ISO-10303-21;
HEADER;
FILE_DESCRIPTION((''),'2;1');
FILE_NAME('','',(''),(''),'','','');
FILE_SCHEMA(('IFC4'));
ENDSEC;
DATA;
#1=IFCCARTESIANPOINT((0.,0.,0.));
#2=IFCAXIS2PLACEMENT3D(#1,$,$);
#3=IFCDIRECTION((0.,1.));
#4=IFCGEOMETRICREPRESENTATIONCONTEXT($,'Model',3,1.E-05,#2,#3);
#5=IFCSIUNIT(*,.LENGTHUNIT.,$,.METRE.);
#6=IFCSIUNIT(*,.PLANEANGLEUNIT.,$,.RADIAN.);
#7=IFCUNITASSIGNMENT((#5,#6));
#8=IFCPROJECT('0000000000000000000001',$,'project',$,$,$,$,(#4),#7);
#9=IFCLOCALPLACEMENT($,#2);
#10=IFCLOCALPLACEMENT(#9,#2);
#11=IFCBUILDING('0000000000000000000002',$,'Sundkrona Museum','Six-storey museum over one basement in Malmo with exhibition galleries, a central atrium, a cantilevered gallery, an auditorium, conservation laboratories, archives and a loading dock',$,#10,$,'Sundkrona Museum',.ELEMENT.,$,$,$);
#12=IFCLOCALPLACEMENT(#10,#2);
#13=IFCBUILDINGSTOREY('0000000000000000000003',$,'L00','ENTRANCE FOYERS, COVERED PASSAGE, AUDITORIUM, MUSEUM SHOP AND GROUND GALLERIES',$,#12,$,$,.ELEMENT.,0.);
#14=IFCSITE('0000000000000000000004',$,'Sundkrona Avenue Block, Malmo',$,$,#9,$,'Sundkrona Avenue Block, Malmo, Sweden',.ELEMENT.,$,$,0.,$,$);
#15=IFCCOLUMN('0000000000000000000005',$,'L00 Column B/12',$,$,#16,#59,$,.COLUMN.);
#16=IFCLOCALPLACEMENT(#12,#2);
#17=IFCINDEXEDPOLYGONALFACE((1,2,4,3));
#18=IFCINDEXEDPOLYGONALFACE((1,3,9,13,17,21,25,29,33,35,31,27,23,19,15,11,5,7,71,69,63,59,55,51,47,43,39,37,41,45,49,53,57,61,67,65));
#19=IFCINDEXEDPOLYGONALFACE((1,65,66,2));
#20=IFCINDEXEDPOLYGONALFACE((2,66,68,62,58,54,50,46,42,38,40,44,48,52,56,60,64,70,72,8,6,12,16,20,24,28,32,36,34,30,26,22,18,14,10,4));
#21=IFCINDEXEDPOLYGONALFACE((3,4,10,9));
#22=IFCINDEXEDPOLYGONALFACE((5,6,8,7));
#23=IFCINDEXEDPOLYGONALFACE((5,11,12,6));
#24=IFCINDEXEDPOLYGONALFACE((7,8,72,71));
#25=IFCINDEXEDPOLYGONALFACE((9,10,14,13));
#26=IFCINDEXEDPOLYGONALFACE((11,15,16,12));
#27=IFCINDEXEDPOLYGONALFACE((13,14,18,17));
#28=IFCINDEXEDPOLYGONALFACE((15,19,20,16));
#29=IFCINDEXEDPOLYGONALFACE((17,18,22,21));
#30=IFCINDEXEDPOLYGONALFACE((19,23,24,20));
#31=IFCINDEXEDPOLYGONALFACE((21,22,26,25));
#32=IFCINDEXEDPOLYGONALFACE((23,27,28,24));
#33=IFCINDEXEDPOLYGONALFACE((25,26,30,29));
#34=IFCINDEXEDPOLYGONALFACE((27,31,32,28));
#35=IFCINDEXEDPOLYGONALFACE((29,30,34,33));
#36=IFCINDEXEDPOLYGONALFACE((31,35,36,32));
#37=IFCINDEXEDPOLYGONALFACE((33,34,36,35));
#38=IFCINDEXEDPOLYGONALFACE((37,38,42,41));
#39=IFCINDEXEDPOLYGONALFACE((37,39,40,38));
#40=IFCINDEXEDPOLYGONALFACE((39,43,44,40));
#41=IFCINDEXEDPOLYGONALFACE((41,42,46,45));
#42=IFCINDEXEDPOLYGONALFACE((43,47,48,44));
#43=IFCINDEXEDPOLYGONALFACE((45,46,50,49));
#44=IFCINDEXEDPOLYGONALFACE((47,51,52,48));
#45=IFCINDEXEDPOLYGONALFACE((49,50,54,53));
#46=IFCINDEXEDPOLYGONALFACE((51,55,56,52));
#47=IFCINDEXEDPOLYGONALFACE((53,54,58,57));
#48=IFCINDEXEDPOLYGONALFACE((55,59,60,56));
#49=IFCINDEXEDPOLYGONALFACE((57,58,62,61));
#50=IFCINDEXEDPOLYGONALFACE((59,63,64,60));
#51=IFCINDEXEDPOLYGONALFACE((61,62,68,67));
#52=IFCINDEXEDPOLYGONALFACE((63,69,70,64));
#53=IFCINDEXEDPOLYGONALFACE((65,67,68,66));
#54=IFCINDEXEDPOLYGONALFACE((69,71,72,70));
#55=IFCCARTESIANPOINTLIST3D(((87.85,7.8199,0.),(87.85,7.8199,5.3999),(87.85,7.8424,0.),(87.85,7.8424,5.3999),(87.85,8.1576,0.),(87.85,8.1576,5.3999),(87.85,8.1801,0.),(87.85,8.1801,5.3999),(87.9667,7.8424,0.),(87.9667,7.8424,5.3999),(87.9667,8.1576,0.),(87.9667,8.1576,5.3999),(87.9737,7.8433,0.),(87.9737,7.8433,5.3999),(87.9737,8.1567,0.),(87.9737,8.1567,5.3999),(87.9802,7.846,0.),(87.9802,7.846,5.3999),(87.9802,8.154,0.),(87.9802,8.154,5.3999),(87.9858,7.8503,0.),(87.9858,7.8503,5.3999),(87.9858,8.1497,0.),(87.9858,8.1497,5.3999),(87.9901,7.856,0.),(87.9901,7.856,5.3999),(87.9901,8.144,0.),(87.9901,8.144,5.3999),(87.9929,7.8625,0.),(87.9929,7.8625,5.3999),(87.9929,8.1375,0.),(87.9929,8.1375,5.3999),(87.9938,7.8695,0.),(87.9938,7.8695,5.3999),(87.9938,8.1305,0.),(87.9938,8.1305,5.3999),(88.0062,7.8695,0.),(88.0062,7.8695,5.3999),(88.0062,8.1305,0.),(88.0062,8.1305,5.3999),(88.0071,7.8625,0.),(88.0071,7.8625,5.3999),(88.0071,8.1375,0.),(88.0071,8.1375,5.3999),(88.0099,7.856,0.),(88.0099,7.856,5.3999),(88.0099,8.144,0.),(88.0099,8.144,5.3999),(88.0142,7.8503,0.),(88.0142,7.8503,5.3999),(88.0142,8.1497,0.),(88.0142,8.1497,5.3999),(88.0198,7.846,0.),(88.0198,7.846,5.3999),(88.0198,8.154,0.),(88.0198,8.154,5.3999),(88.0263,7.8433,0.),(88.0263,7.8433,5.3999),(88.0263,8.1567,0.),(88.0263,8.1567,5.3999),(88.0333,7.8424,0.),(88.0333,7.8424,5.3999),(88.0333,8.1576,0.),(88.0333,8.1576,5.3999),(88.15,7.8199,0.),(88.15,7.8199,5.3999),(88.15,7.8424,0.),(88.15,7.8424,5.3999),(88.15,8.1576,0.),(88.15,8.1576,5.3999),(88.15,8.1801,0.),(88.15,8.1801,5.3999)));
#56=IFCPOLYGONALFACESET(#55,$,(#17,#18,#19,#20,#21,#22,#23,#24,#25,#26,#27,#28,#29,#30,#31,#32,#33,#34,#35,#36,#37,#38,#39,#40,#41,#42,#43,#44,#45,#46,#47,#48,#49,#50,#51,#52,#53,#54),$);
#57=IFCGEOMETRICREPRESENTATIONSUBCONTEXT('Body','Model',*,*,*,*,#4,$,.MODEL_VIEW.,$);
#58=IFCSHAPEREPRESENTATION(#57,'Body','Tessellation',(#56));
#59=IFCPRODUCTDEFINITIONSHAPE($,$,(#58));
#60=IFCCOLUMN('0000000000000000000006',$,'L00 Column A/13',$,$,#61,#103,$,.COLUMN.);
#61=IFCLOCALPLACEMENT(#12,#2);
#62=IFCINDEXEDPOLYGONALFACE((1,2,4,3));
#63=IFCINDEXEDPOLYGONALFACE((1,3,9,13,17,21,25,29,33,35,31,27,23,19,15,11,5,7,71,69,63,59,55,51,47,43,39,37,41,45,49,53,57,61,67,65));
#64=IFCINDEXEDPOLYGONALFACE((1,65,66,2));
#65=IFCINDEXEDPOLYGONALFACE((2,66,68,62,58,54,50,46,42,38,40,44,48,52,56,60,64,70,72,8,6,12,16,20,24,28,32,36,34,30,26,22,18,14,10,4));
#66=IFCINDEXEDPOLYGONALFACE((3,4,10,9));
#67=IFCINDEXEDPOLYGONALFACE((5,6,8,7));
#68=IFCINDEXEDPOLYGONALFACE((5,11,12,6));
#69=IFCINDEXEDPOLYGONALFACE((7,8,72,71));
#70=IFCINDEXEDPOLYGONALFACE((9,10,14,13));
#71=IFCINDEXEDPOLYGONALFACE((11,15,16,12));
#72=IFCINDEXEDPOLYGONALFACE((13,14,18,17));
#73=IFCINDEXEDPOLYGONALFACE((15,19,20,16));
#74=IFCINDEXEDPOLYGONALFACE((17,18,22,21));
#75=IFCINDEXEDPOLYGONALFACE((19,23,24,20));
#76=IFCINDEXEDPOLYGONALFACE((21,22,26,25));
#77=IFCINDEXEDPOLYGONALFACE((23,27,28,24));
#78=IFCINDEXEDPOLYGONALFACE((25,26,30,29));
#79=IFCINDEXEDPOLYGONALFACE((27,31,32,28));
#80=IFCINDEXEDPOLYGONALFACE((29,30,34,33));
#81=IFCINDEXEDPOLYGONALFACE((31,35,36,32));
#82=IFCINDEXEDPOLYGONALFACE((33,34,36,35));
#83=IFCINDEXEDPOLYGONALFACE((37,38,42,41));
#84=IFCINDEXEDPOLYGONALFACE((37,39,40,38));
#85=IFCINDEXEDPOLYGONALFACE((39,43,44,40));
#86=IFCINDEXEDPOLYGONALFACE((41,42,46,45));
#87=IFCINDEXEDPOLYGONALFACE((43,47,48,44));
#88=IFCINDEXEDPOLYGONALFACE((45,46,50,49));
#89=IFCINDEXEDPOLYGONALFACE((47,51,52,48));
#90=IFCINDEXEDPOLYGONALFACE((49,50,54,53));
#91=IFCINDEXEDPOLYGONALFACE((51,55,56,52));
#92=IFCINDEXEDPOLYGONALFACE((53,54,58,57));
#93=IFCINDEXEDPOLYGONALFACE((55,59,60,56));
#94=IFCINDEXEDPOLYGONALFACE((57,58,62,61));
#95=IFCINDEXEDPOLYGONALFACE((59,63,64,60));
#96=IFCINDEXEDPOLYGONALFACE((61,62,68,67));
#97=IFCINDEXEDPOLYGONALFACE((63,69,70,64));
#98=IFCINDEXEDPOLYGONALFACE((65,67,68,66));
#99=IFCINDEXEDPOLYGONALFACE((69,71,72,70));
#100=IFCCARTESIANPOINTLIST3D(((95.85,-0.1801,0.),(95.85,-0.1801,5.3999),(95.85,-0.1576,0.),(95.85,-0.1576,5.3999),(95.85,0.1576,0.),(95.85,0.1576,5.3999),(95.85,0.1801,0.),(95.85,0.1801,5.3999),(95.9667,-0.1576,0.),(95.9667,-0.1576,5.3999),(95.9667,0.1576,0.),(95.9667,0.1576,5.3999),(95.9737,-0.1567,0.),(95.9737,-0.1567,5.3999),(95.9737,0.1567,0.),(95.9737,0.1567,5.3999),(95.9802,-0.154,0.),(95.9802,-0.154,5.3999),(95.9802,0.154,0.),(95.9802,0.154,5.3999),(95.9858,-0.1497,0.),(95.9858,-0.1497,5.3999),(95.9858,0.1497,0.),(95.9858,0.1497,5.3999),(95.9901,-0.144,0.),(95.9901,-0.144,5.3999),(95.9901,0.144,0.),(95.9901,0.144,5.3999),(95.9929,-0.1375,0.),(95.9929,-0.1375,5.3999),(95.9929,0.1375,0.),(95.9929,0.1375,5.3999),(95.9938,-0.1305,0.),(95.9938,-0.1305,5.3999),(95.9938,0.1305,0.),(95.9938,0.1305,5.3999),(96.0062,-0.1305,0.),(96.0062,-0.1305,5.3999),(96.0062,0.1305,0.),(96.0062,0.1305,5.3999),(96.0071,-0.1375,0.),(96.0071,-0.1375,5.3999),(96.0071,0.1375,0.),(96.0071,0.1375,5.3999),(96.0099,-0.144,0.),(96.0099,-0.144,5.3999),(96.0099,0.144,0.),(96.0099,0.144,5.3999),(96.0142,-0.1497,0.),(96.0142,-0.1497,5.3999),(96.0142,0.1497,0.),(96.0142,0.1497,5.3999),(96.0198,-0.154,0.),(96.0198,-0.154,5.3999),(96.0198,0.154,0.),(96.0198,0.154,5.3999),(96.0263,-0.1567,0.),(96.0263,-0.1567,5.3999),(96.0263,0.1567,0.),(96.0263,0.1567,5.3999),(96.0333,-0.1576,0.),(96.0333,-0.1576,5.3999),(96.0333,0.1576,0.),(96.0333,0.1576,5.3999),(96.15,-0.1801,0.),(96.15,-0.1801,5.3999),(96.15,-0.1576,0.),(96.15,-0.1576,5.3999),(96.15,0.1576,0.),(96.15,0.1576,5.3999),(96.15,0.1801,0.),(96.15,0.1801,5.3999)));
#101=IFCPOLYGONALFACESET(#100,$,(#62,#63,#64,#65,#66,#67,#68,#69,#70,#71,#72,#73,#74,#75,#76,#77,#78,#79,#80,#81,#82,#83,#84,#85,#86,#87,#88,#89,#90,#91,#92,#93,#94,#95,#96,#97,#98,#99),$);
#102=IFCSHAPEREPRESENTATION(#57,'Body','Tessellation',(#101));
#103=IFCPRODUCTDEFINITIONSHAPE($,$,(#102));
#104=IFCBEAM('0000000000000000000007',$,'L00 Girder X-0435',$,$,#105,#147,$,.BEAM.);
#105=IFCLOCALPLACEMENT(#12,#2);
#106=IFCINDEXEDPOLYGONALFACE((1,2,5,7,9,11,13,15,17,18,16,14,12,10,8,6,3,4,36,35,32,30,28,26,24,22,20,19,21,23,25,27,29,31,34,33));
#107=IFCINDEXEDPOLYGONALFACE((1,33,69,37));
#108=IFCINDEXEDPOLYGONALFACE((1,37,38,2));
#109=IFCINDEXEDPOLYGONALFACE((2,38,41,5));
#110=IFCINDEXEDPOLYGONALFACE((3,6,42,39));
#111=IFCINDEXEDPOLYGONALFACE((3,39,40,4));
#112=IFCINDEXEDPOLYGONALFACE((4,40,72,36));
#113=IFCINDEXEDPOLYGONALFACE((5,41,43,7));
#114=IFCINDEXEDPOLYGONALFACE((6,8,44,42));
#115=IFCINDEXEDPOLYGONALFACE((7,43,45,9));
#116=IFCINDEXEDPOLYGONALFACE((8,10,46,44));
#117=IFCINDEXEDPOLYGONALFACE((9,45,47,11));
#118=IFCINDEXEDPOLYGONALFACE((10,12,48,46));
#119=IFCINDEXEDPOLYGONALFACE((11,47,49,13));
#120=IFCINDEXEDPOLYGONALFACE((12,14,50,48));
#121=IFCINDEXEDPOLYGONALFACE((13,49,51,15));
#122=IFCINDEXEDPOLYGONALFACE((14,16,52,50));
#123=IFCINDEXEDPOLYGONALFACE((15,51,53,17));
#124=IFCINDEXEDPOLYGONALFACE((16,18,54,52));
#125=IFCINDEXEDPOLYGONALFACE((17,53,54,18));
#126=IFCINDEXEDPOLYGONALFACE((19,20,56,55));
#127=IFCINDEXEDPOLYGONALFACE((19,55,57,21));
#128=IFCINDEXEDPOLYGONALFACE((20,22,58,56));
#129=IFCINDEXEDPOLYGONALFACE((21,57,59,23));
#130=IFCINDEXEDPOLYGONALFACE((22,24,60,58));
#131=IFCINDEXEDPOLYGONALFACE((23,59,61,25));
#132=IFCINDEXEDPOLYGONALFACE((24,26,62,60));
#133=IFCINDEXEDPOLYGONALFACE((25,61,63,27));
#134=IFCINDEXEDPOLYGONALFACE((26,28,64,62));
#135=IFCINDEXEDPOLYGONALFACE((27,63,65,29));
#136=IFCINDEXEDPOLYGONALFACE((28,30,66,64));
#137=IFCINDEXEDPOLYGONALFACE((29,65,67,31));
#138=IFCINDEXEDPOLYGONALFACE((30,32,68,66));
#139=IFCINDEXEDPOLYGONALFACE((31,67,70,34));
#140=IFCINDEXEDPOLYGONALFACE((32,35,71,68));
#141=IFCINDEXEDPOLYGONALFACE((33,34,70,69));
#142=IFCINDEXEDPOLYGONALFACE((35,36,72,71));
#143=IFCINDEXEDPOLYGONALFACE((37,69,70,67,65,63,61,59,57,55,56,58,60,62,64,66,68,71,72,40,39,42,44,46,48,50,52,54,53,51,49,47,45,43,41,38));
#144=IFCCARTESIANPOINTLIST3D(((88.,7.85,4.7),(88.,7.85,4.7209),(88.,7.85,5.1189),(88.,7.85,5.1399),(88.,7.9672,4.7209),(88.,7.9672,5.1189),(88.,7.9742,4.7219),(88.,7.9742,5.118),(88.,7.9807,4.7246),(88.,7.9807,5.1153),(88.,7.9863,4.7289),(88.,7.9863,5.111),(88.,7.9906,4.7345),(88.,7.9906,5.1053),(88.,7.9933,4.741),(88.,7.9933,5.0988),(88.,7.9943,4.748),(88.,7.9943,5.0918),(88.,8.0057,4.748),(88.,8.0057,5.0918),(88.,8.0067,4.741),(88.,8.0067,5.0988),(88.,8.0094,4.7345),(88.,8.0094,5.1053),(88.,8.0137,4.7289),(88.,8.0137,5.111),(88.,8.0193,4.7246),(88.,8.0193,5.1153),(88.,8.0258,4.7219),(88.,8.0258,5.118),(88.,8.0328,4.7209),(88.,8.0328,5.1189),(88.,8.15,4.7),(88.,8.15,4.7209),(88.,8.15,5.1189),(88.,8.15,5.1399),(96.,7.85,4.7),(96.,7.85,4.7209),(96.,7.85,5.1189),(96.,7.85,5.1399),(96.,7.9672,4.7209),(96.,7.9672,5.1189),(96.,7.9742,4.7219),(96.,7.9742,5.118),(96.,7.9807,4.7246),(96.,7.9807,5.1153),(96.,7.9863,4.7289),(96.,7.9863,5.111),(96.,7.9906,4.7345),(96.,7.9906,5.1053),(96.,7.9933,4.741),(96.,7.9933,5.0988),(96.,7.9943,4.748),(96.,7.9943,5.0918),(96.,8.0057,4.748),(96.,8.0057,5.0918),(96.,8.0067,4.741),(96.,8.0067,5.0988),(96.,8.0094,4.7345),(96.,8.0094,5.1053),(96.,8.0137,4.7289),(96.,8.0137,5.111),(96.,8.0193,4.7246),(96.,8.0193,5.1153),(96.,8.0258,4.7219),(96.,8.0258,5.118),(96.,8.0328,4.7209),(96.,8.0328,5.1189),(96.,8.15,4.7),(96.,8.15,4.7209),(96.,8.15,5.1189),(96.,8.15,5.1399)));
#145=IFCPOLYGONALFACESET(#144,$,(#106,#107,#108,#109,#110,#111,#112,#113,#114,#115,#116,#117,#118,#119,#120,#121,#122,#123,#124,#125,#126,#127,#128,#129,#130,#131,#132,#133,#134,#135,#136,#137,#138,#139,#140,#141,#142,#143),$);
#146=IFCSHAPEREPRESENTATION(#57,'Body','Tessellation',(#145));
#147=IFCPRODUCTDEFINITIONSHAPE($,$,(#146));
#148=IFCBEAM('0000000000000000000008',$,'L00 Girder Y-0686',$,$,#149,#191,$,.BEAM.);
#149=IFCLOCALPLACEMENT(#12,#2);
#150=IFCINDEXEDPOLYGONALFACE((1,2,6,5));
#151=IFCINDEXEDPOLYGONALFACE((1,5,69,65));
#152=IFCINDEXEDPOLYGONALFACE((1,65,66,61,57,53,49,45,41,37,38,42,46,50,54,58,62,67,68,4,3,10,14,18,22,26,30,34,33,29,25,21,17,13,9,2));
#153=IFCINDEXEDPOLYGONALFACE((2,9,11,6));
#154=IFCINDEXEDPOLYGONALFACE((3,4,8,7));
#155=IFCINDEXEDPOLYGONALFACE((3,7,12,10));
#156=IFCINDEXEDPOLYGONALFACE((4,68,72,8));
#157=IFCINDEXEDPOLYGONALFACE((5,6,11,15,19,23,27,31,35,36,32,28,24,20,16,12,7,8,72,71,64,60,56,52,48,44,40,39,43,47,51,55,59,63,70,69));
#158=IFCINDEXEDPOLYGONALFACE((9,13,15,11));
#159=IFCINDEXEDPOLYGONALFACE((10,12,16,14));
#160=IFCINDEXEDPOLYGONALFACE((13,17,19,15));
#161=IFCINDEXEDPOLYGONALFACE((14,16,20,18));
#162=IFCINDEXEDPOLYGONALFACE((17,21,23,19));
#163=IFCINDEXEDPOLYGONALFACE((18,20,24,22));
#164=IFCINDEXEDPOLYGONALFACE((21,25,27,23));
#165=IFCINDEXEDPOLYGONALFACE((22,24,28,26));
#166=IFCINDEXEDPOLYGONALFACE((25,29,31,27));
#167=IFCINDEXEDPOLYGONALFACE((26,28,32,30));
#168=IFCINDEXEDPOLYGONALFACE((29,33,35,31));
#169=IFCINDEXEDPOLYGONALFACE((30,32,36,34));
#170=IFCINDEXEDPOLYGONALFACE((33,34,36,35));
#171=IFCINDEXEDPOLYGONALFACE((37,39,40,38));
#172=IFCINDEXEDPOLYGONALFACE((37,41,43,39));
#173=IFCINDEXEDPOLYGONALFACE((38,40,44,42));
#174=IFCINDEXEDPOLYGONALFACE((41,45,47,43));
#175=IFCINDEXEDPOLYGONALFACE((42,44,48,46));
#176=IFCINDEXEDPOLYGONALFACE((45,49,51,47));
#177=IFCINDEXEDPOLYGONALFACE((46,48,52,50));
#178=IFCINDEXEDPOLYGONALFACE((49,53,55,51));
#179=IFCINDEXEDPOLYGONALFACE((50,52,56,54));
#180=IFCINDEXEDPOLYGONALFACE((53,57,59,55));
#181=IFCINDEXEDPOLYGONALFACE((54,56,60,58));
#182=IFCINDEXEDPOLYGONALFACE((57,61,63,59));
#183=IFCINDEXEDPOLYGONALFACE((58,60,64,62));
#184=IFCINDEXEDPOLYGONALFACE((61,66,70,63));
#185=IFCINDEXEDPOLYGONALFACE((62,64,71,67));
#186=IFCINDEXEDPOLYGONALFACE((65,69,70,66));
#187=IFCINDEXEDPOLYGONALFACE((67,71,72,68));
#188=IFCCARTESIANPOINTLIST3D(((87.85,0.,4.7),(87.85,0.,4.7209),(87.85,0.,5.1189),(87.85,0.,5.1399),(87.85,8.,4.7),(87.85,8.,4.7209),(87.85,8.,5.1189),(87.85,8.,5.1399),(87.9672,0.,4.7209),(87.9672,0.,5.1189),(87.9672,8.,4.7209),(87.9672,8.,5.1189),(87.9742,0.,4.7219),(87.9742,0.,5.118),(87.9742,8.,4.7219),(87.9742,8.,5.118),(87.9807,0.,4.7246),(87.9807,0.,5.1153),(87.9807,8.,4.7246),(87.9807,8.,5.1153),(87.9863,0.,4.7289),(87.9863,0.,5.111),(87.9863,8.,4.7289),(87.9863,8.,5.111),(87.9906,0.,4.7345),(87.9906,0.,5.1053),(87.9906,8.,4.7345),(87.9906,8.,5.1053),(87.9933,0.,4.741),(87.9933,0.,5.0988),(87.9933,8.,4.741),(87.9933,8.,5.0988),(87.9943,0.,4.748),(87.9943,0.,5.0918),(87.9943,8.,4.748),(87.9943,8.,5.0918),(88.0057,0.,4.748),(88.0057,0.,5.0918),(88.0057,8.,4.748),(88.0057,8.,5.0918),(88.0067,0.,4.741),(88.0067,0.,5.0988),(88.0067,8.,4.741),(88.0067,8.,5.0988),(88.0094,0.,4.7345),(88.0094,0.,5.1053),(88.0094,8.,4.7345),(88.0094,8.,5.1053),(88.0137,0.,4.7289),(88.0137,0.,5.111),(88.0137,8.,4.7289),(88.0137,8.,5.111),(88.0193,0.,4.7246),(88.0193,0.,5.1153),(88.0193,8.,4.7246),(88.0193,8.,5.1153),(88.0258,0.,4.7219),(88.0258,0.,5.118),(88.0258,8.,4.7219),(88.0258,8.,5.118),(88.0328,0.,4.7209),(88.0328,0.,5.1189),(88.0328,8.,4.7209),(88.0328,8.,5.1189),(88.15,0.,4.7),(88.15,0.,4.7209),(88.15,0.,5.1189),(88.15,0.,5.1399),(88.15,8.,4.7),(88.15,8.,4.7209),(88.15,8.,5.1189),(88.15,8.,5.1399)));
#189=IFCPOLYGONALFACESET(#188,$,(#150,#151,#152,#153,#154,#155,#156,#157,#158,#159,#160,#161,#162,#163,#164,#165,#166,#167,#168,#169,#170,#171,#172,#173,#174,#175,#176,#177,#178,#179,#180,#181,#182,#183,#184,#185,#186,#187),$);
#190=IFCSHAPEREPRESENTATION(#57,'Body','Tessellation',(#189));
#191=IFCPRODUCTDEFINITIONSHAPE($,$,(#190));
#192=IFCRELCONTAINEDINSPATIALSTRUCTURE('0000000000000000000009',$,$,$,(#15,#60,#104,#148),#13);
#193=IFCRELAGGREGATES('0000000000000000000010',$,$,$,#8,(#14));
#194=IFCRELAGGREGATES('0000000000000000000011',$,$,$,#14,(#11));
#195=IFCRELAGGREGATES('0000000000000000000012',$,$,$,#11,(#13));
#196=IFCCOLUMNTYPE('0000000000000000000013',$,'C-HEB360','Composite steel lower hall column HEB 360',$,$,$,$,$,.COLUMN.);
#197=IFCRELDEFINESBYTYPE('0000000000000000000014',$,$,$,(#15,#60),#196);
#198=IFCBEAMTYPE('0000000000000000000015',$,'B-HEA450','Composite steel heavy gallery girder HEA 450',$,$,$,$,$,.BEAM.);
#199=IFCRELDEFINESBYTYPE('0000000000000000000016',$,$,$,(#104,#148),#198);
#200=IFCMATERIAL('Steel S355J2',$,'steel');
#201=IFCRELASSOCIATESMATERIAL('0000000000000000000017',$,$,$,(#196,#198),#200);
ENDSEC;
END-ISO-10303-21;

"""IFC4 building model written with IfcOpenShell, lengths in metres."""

from ifc_helpers import new_model, si_unit, direction, frame, origin, origin_2d, place, context, subcontext, project, spatial, i_section, extrude, material, material_profile, profile_set, type_object, element, save


model = new_model("IFC4")

# Units and contexts
model_context = context("Model", 3, precision=1e-05, world=origin(), true_north=direction((0.0, 1.0)))
body_context = subcontext(model_context, "Body", "Model", "MODEL_VIEW")
ifc_project = project(units=[si_unit("LENGTHUNIT", "METRE"), si_unit("PLANEANGLEUNIT", "RADIAN")], contexts=[model_context])

# Site, building, storey
site_placement = place(None, origin())
site = spatial("IfcSite", under=ifc_project, at=site_placement, Name="Sundkrona Avenue Block, Malmo", LongName="Sundkrona Avenue Block, Malmo, Sweden", CompositionType="ELEMENT", RefElevation=0.0)
building_placement = place(site_placement, origin())
building = spatial("IfcBuilding", under=site, at=building_placement, Name="Sundkrona Museum", Description="Six-storey museum over one basement in Malmo with exhibition galleries, a central atrium, a cantilevered gallery, an auditorium, conservation laboratories, archives and a loading dock", LongName="Sundkrona Museum", CompositionType="ELEMENT")
storey_placement = place(building_placement, origin())
storey = spatial("IfcBuildingStorey", under=building, at=storey_placement, Name="L00", Description="ENTRANCE FOYERS, COVERED PASSAGE, AUDITORIUM, MUSEUM SHOP AND GROUND GALLERIES", CompositionType="ELEMENT", Elevation=0.0)

# Columns
ifc_material_1 = material(Name="Steel S355J2", Category="steel")
ifc_material_profile_1 = material_profile(ifc_material_1, i_section(OverallWidth=0.3, OverallDepth=0.3601, WebThickness=0.0125, FlangeThickness=0.0225, FilletRadius=0.0271, at=origin_2d()), Name="HEB 360")
ifc_profile_set_1 = profile_set([ifc_material_profile_1], Name="Steel S355J2")
column_type = type_object("IfcColumnType", Name="C-HEB360", Description="Composite steel lower hall column HEB 360", PredefinedType="COLUMN", material=ifc_profile_set_1)
for number, where, z_axis, x_axis, name in (
    (1, (88.0, 8.0, 0.0), (0.0, 0.0, 1.0), (1.0, 0.0, 0.0), "L00 Column B/12"),
    (2, (96.0, 0.0, 0.0), (0.0, 0.0, 1.0), (1.0, 0.0, 0.0), "L00 Column A/13"),
):
    element("IfcColumn", number, at=place(storey_placement, frame(where, z_axis=z_axis, x_axis=x_axis)), inside=storey, type_object=column_type, Name=name, PredefinedType="COLUMN", context=body_context, shape_type="SweptSolid", body=[
        extrude(i_section(OverallWidth=0.3, OverallDepth=0.3601, WebThickness=0.0125, FlangeThickness=0.0225, FilletRadius=0.0271, at=origin_2d()), origin(), (0.0, 0.0, 1.0), 5.3999),
    ])

# Beams
ifc_material_profile_2 = material_profile(ifc_material_1, i_section(OverallWidth=0.3, OverallDepth=0.4399, WebThickness=0.0115, FlangeThickness=0.021, FilletRadius=0.0271, at=origin_2d()), Name="HEA 450")
ifc_profile_set_2 = profile_set([ifc_material_profile_2], Name="Steel S355J2")
beam_type_1 = type_object("IfcBeamType", Name="B-HEA450", Description="Composite steel heavy gallery girder HEA 450", PredefinedType="BEAM", material=ifc_profile_set_2)
for number, where, z_axis, x_axis, name in (
    (3, (88.0, 8.0, 4.9199), (1.0, 0.0, 0.0), (0.0, 1.0, 0.0), "L00 Girder X-0435"),
    (4, (88.0, 0.0, 4.9199), (0.0, 1.0, 0.0), (-1.0, 0.0, 0.0), "L00 Girder Y-0686"),
):
    element("IfcBeam", number, at=place(storey_placement, frame(where, z_axis=z_axis, x_axis=x_axis)), inside=storey, type_object=beam_type_1, Name=name, PredefinedType="BEAM", context=body_context, shape_type="SweptSolid", body=[
        extrude(i_section(OverallWidth=0.3, OverallDepth=0.4399, WebThickness=0.0115, FlangeThickness=0.021, FilletRadius=0.0271, at=origin_2d()), origin(), (0.0, 0.0, 1.0), 8.0),
    ])

save(model, "model.ifc")
